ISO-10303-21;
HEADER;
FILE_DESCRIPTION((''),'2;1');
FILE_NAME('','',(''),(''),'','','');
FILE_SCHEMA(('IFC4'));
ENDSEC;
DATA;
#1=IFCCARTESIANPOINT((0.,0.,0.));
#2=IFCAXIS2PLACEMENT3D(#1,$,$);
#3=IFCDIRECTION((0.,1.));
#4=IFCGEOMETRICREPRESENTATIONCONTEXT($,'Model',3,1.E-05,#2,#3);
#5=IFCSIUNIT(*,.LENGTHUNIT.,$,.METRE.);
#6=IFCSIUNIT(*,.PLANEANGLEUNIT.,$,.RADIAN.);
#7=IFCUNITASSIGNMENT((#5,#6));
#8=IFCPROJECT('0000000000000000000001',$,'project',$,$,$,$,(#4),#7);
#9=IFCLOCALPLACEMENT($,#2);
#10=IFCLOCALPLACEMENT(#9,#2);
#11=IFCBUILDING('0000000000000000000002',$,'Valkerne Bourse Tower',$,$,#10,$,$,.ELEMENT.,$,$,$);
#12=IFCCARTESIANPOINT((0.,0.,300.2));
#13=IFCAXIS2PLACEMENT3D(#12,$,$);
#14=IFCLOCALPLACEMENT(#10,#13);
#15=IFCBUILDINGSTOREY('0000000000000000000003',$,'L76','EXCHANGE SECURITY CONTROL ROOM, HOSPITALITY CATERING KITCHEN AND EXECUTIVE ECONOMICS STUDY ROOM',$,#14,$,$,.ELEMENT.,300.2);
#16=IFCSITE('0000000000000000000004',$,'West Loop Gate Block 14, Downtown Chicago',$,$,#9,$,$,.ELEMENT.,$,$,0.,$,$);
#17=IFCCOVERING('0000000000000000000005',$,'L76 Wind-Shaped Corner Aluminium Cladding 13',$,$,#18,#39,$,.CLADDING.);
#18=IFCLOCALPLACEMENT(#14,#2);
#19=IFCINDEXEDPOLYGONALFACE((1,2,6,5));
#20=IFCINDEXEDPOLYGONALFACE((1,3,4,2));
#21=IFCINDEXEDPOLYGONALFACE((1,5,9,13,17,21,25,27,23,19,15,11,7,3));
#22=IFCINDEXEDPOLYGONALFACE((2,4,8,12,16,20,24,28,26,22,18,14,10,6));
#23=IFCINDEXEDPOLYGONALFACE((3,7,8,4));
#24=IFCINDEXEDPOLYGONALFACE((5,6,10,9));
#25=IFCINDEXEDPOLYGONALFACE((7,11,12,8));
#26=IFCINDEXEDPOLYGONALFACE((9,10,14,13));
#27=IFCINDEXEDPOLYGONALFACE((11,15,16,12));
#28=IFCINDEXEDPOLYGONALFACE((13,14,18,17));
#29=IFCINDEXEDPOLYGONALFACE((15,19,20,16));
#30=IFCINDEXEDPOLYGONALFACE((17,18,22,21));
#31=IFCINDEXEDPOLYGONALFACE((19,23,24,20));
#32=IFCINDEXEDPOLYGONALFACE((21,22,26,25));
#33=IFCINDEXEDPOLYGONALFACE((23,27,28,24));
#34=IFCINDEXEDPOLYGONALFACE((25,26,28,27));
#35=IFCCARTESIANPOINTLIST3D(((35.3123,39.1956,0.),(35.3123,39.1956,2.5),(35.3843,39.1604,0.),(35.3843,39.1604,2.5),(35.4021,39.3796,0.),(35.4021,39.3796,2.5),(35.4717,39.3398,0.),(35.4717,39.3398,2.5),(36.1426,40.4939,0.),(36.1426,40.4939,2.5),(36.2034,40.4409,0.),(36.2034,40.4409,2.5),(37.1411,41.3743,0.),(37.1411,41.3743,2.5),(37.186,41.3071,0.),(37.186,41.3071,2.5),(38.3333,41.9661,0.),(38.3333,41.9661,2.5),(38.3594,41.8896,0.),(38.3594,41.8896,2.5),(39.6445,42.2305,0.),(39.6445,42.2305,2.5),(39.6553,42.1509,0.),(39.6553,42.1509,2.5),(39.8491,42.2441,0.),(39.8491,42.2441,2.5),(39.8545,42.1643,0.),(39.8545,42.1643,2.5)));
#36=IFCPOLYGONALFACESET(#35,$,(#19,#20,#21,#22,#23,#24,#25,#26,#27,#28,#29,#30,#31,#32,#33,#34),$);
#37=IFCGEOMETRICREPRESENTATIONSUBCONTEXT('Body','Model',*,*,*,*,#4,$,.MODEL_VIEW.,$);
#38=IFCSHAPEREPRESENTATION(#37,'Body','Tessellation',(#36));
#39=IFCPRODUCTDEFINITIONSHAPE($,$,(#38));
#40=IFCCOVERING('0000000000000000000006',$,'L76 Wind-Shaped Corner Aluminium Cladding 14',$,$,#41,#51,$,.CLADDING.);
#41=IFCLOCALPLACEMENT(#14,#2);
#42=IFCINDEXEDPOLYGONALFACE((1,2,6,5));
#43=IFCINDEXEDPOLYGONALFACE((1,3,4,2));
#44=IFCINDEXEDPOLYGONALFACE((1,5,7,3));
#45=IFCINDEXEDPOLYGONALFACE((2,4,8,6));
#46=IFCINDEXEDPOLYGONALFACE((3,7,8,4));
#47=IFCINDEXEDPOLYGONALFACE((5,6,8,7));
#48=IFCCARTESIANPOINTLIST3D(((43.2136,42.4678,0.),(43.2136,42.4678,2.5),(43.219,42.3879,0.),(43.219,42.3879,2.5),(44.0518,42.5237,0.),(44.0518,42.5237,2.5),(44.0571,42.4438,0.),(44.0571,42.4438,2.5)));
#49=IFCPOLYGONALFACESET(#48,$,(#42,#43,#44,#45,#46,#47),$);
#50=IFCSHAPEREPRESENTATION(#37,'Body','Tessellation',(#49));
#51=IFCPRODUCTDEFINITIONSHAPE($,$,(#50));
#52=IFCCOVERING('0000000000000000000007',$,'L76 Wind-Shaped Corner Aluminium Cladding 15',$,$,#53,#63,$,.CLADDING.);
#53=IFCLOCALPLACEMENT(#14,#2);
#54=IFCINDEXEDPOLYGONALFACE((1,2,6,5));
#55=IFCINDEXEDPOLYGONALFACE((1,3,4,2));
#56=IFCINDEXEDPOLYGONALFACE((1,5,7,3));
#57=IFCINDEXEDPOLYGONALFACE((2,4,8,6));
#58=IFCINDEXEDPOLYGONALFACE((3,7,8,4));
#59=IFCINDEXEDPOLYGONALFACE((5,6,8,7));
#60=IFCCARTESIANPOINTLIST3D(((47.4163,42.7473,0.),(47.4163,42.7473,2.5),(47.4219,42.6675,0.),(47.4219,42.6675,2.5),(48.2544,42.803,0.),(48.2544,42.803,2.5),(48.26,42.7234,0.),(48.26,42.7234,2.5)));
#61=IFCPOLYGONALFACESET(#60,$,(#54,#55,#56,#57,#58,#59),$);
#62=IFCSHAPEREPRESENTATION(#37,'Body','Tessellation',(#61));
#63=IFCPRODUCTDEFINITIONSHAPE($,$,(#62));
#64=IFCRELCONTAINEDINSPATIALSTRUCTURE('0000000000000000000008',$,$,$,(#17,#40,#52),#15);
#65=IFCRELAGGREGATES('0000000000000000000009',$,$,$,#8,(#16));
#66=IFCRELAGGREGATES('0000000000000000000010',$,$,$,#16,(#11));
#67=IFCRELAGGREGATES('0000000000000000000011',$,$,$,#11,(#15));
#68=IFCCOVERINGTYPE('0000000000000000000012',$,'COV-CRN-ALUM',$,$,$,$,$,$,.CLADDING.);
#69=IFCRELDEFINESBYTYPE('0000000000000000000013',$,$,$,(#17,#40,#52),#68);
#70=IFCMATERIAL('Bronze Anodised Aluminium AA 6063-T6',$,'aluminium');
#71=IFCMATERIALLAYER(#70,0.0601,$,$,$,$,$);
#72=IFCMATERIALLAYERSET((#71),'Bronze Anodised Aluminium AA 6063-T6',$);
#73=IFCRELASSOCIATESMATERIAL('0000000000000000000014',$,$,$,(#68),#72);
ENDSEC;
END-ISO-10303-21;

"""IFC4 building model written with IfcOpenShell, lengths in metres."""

from ifc_helpers import new_model, si_unit, direction, frame, origin, place, context, subcontext, project, spatial, polyline, outline, extrude, material, layer, layer_set, type_object, element, save


model = new_model("IFC4")

# Units and contexts
model_context = context("Model", 3, precision=1e-05, world=origin(), true_north=direction((0.0, 1.0)))
body_context = subcontext(model_context, "Body", "Model", "MODEL_VIEW")
ifc_project = project(units=[si_unit("LENGTHUNIT", "METRE"), si_unit("PLANEANGLEUNIT", "RADIAN")], contexts=[model_context])

# Site, building, storey
site_placement = place(None, origin())
site = spatial("IfcSite", under=ifc_project, at=site_placement, Name="West Loop Gate Block 14, Downtown Chicago", CompositionType="ELEMENT", RefElevation=0.0)
building_placement = place(site_placement, origin())
building = spatial("IfcBuilding", under=site, at=building_placement, Name="Valkerne Bourse Tower", CompositionType="ELEMENT")
storey_placement = place(building_placement, frame((0.0, 0.0, 300.2)))
storey = spatial("IfcBuildingStorey", under=building, at=storey_placement, Name="L76", Description="EXCHANGE SECURITY CONTROL ROOM, HOSPITALITY CATERING KITCHEN AND EXECUTIVE ECONOMICS STUDY ROOM", CompositionType="ELEMENT", Elevation=300.2)

# Coverings
ifc_material_1 = material(Name="Bronze Anodised Aluminium AA 6063-T6", Category="aluminium")
ifc_layer_1 = layer(ifc_material_1, 0.0601)
ifc_layer_set_1 = layer_set([ifc_layer_1], Name="Bronze Anodised Aluminium AA 6063-T6")
covering_type = type_object("IfcCoveringType", Name="COV-CRN-ALUM", PredefinedType="CLADDING", material=ifc_layer_set_1)
covering_1_placement = place(storey_placement, origin())
element("IfcCovering", 1, at=covering_1_placement, inside=storey, type_object=covering_type, Name="L76 Wind-Shaped Corner Aluminium Cladding 13", PredefinedType="CLADDING", context=body_context, shape_type="SweptSolid", body=[
    extrude(outline(polyline([(35.4021, 39.3796), (36.1426, 40.4939), (37.1411, 41.3743), (38.3333, 41.9661), (39.6445, 42.2305), (39.8491, 42.2441), (39.8545, 42.1643), (39.6553, 42.1509), (38.3594, 41.8896), (37.186, 41.3071), (36.2034, 40.4409), (35.4717, 39.3398), (35.3843, 39.1604), (35.3123, 39.1956), (35.4021, 39.3796)])), origin(), (0.0, 0.0, 1.0), 2.5),
])
covering_2_placement = place(storey_placement, origin())
element("IfcCovering", 2, at=covering_2_placement, inside=storey, type_object=covering_type, Name="L76 Wind-Shaped Corner Aluminium Cladding 14", PredefinedType="CLADDING", context=body_context, shape_type="SweptSolid", body=[
    extrude(outline(polyline([(44.0518, 42.5237), (44.0571, 42.4438), (43.219, 42.3879), (43.2136, 42.4678), (44.0518, 42.5237)])), origin(), (0.0, 0.0, 1.0), 2.5),
])
covering_3_placement = place(storey_placement, origin())
element("IfcCovering", 3, at=covering_3_placement, inside=storey, type_object=covering_type, Name="L76 Wind-Shaped Corner Aluminium Cladding 15", PredefinedType="CLADDING", context=body_context, shape_type="SweptSolid", body=[
    extrude(outline(polyline([(48.2544, 42.803), (48.26, 42.7234), (47.4219, 42.6675), (47.4163, 42.7473), (48.2544, 42.803)])), origin(), (0.0, 0.0, 1.0), 2.5),
])

save(model, "model.ifc")
